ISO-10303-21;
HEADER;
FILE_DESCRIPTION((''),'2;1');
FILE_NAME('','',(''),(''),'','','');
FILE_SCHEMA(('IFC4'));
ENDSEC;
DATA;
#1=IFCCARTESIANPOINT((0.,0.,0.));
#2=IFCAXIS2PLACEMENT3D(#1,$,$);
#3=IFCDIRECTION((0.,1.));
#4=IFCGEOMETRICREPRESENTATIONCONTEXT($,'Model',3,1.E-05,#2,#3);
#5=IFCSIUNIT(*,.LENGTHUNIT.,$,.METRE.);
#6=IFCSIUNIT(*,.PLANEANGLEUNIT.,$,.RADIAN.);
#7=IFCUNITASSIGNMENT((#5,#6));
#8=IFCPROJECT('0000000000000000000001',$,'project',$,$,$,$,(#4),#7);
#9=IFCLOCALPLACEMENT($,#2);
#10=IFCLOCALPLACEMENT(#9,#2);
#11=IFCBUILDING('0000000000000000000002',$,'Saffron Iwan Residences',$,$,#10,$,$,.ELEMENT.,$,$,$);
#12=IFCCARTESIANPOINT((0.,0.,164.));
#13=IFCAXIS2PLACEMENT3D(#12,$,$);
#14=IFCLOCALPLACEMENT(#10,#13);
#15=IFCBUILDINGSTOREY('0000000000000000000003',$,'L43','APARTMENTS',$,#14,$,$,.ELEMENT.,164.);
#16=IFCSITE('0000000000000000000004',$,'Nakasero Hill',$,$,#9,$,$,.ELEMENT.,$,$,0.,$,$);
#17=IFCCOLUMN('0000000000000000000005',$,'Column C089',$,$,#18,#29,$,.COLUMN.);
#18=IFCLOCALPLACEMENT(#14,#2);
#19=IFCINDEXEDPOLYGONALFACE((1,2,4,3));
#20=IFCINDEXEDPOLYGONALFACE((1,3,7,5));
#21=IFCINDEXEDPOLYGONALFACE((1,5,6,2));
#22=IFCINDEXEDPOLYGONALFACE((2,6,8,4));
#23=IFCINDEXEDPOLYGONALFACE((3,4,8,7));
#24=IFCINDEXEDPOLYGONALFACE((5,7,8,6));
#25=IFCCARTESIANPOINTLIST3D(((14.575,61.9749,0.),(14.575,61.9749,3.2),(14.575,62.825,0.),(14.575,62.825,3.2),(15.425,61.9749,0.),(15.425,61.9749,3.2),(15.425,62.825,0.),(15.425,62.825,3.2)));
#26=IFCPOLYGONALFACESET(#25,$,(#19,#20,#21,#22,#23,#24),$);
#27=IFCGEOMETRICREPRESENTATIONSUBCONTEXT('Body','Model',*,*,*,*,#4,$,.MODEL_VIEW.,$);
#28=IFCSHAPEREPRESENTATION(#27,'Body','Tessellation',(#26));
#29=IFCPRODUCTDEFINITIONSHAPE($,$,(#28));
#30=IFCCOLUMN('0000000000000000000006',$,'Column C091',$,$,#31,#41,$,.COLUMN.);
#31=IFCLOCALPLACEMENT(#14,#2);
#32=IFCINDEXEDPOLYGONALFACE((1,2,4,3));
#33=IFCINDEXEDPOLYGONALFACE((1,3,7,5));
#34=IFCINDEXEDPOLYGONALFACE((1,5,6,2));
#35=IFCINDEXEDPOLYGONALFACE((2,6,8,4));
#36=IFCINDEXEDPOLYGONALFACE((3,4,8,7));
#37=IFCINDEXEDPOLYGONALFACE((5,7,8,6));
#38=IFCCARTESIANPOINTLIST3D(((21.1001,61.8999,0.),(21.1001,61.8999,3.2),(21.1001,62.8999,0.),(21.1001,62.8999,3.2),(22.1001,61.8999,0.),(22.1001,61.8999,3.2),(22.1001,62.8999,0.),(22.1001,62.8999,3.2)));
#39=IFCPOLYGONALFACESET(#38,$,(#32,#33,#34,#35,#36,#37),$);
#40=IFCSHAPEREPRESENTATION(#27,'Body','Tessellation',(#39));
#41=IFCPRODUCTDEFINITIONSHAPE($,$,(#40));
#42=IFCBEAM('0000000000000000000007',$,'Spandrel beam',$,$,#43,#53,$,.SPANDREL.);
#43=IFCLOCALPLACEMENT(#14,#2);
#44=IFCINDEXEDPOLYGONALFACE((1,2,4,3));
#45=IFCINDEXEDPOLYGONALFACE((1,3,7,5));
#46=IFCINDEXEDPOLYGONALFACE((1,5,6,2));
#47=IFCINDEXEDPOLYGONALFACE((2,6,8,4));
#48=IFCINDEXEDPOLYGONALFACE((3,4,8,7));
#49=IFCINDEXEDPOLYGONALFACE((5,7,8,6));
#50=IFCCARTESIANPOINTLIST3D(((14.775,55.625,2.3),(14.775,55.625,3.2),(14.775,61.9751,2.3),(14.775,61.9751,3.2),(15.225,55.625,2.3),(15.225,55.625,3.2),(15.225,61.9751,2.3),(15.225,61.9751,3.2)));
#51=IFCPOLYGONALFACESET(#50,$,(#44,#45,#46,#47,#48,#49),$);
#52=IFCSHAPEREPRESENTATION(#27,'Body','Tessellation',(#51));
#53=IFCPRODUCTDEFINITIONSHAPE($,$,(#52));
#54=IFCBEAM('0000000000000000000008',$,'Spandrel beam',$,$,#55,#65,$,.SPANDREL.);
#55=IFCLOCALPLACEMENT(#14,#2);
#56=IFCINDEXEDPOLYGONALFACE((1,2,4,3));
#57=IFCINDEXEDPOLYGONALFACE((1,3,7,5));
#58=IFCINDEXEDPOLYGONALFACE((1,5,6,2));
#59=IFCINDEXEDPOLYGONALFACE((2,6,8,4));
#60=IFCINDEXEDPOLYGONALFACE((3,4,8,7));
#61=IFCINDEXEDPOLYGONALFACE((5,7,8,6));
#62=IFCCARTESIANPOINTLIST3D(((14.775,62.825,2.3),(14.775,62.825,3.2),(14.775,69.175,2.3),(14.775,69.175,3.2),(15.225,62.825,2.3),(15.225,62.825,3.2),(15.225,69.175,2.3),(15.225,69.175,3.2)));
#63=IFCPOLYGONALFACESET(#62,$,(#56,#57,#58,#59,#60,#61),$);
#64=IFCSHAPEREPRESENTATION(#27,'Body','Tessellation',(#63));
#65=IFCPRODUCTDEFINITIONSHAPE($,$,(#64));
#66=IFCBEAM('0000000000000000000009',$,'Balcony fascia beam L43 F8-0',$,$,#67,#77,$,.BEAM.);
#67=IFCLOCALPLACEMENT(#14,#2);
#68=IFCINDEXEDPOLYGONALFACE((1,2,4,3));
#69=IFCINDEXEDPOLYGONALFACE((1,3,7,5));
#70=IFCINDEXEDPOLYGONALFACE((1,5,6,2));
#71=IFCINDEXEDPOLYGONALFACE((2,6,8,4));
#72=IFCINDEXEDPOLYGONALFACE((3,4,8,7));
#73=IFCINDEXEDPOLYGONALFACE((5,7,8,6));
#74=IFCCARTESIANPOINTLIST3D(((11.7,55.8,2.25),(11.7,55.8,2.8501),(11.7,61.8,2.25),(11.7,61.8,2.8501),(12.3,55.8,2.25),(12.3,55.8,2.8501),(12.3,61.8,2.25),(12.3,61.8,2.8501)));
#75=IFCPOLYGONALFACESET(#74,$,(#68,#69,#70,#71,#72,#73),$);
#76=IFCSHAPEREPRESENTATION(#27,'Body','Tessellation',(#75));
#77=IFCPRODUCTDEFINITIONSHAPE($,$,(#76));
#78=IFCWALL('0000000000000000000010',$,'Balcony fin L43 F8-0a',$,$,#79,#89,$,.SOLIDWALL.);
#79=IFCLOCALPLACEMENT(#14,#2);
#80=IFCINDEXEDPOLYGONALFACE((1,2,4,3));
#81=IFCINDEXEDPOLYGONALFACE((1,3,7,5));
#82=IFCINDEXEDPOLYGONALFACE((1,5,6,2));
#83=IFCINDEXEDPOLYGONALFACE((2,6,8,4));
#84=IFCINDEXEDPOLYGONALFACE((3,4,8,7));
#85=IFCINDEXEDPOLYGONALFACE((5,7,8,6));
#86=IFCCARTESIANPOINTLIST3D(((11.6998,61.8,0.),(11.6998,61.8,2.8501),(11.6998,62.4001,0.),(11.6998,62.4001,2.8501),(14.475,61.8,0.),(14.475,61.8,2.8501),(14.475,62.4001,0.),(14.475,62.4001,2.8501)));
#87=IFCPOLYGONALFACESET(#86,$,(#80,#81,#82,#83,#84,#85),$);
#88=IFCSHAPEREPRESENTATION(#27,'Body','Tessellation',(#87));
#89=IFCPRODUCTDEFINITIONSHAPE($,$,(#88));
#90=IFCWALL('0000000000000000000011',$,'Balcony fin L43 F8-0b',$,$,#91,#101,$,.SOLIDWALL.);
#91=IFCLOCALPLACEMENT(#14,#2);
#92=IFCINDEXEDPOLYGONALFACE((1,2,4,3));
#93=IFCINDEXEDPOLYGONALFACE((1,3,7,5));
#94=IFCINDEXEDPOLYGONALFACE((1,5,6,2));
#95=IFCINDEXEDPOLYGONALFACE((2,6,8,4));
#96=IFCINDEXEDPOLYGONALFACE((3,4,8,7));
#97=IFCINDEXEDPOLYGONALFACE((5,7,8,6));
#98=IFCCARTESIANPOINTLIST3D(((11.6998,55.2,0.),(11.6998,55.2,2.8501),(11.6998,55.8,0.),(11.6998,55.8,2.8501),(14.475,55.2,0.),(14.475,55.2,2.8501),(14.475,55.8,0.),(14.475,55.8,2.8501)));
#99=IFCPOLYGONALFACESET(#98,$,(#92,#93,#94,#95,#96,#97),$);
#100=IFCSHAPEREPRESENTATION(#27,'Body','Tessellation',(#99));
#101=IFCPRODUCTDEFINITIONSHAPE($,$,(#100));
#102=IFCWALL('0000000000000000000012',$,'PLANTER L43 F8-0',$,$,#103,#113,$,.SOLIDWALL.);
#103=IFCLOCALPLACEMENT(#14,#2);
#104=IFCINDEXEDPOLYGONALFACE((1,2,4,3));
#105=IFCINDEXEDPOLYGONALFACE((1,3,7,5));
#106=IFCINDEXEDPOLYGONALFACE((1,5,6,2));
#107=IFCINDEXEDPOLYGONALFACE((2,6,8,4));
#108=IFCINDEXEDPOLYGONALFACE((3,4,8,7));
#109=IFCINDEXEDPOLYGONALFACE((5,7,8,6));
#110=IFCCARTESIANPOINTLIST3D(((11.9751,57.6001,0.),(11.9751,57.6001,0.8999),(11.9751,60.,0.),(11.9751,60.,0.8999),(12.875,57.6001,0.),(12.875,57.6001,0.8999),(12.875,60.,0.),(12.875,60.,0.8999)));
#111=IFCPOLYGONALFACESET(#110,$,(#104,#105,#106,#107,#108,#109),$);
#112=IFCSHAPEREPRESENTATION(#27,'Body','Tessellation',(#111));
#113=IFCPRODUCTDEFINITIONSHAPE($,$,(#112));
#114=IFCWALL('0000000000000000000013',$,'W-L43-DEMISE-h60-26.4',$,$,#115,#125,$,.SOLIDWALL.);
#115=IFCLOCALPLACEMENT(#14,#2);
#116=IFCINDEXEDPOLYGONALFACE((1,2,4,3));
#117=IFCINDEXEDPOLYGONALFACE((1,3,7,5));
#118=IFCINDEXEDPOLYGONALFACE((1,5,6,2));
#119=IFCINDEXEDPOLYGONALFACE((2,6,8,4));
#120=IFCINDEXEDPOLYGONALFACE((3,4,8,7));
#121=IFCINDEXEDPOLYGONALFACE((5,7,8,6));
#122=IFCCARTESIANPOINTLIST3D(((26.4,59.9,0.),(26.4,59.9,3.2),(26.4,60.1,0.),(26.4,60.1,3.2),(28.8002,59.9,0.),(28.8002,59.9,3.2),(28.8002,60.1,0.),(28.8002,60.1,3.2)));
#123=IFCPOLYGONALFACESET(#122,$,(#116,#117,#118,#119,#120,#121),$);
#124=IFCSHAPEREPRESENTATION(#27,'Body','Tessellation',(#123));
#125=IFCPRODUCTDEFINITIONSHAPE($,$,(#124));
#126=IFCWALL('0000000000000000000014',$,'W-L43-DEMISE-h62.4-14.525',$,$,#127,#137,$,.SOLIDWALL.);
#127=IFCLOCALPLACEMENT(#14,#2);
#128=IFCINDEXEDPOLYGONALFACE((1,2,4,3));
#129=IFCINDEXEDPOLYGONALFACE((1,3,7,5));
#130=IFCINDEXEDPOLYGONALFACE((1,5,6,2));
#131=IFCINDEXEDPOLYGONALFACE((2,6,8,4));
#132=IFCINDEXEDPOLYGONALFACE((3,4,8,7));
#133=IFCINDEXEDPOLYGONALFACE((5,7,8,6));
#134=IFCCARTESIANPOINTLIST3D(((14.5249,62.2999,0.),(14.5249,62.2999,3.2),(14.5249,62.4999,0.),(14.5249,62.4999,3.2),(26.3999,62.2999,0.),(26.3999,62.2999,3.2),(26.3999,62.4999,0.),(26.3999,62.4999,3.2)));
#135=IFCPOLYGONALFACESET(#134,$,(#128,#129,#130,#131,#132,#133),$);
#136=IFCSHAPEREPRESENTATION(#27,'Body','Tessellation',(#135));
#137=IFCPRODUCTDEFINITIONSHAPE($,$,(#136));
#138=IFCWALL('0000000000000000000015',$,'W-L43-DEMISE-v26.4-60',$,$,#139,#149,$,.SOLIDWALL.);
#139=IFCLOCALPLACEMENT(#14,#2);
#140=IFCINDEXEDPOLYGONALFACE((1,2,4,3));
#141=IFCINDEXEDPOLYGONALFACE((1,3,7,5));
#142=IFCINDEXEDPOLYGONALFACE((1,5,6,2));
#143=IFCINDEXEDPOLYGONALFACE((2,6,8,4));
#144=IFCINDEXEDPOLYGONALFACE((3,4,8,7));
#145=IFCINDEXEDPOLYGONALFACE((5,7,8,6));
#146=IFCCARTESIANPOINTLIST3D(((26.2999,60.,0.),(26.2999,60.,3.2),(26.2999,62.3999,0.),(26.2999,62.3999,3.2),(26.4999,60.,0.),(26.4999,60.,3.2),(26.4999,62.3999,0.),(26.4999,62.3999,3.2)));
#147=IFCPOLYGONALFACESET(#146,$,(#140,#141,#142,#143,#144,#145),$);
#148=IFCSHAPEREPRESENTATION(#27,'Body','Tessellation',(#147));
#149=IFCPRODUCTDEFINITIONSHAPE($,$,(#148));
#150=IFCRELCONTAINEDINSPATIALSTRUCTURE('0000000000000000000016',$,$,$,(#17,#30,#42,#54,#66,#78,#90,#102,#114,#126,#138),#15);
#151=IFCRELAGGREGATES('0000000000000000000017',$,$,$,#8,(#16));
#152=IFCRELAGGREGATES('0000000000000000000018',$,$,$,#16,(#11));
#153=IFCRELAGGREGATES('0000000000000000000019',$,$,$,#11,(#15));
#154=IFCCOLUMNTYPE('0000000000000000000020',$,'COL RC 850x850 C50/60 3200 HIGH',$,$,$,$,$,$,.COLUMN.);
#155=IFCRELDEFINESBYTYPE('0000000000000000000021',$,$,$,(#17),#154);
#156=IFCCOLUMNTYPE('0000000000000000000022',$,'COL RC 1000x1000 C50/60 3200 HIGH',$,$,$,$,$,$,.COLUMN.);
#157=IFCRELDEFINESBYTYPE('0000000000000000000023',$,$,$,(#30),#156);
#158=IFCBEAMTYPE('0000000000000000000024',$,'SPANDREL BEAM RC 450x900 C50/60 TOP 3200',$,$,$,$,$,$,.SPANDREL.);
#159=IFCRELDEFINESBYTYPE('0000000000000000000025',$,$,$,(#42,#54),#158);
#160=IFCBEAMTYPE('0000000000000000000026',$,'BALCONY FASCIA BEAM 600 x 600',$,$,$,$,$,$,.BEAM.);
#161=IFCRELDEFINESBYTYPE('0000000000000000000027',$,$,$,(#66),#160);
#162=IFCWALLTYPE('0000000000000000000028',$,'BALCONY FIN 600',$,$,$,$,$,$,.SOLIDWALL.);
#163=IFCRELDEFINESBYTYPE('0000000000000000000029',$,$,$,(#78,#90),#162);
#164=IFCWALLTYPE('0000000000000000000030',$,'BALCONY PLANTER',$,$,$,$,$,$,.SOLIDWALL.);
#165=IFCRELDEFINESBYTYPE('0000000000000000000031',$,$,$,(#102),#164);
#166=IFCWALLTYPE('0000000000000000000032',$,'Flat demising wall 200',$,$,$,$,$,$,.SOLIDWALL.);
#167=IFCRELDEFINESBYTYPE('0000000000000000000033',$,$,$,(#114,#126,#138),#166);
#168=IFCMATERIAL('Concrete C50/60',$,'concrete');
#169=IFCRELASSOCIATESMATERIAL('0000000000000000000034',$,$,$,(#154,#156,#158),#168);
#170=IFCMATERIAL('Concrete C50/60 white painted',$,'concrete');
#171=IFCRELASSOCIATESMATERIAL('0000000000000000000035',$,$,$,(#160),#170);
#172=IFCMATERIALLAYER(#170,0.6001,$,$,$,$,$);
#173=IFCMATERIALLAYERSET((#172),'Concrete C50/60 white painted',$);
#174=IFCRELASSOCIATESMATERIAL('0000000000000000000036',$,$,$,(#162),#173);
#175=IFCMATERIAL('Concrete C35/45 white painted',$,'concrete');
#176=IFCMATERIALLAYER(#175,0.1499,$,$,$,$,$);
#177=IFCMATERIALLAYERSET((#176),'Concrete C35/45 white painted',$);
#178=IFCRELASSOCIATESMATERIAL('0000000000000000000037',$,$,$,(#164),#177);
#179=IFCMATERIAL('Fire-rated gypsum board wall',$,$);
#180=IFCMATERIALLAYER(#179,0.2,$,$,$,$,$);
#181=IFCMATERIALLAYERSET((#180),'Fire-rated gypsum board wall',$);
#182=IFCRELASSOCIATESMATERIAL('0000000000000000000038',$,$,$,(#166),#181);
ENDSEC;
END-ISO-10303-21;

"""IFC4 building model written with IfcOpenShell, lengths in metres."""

from ifc_helpers import new_model, si_unit, direction, frame, frame_2d, origin, origin_2d, place, context, subcontext, project, spatial, rectangle, extrude, source, transform, mapped, material, layer, layer_set, material_profile, profile_set, type_object, element, save


model = new_model("IFC4")

# Units and contexts
model_context = context("Model", 3, precision=1e-05, world=origin(), true_north=direction((0.0, 1.0)))
body_context = subcontext(model_context, "Body", "Model", "MODEL_VIEW")
ifc_project = project(units=[si_unit("LENGTHUNIT", "METRE"), si_unit("PLANEANGLEUNIT", "RADIAN")], contexts=[model_context])

# Site, building, storey
site_placement = place(None, origin())
site = spatial("IfcSite", under=ifc_project, at=site_placement, Name="Nakasero Hill", CompositionType="ELEMENT", RefElevation=0.0)
building_placement = place(site_placement, origin())
building = spatial("IfcBuilding", under=site, at=building_placement, Name="Saffron Iwan Residences", CompositionType="ELEMENT")
storey_placement = place(building_placement, frame((0.0, 0.0, 164.0)))
storey = spatial("IfcBuildingStorey", under=building, at=storey_placement, Name="L43", Description="APARTMENTS", CompositionType="ELEMENT", Elevation=164.0)

# Columns
ifc_material_1 = material(Name="Concrete C50/60", Category="concrete")
ifc_material_profile_1 = material_profile(ifc_material_1, rectangle(XDim=0.8501, YDim=0.8501, at=origin_2d()), Name="RC 850x850")
ifc_profile_set_1 = profile_set([ifc_material_profile_1], Name="Concrete C50/60")
column_type_1 = type_object("IfcColumnType", Name="COL RC 850x850 C50/60 3200 HIGH", PredefinedType="COLUMN", material=ifc_profile_set_1)
shared_shape_1 = source(origin(), body_context, "Body", "SweptSolid", [
    extrude(rectangle(XDim=0.8501, YDim=0.8501, at=origin_2d()), origin(), (0.0, 0.0, 1.0), 3.2),
])
column_1_placement = place(storey_placement, frame((15.0, 62.3999, 0.0), z_axis=(0.0, 0.0, 1.0), x_axis=(1.0, 0.0, 0.0)))
element("IfcColumn", 1, at=column_1_placement, inside=storey, type_object=column_type_1, Name="Column C089", PredefinedType="COLUMN", context=body_context, shape_type="MappedRepresentation", body=[
    mapped(shared_shape_1, transform((0.0, 0.0, 0.0))),
])
ifc_material_profile_2 = material_profile(ifc_material_1, rectangle(XDim=1.0, YDim=1.0, at=origin_2d()), Name="RC 1000x1000")
ifc_profile_set_2 = profile_set([ifc_material_profile_2], Name="Concrete C50/60")
column_type_2 = type_object("IfcColumnType", Name="COL RC 1000x1000 C50/60 3200 HIGH", PredefinedType="COLUMN", material=ifc_profile_set_2)
shared_shape_2 = source(origin(), body_context, "Body", "SweptSolid", [
    extrude(rectangle(XDim=1.0, YDim=1.0, at=origin_2d()), origin(), (0.0, 0.0, 1.0), 3.2),
])
column_2_placement = place(storey_placement, frame((21.6001, 62.3999, 0.0), z_axis=(0.0, 0.0, 1.0), x_axis=(1.0, 0.0, 0.0)))
element("IfcColumn", 2, at=column_2_placement, inside=storey, type_object=column_type_2, Name="Column C091", PredefinedType="COLUMN", context=body_context, shape_type="MappedRepresentation", body=[
    mapped(shared_shape_2, transform((0.0, 0.0, 0.0))),
])

# Beams
ifc_material_profile_3 = material_profile(ifc_material_1, rectangle(XDim=0.45, YDim=0.8999, at=origin_2d()), Name="RC 450x900")
ifc_profile_set_3 = profile_set([ifc_material_profile_3], Name="Concrete C50/60")
beam_type_1 = type_object("IfcBeamType", Name="SPANDREL BEAM RC 450x900 C50/60 TOP 3200", PredefinedType="SPANDREL", material=ifc_profile_set_3)
shared_shape_3 = source(origin(), body_context, "Body", "SweptSolid", [
    extrude(rectangle(XDim=0.45, YDim=0.8999, at=origin_2d()), origin(), (0.0, 0.0, 1.0), 6.3501),
])
for number, where, z_axis, x_axis, name in (
    (3, (15.0, 55.625, 2.75), (0.0, 1.0, 0.0), (-1.0, 0.0, 0.0), "Spandrel beam"),
    (4, (15.0, 62.825, 2.75), (0.0, 1.0, 0.0), (-1.0, 0.0, 0.0), "Spandrel beam"),
):
    element("IfcBeam", number, at=place(storey_placement, frame(where, z_axis=z_axis, x_axis=x_axis)), inside=storey, type_object=beam_type_1, Name=name, PredefinedType="SPANDREL", context=body_context, shape_type="MappedRepresentation", body=[
        mapped(shared_shape_3, transform((0.0, 0.0, 0.0))),
    ])
ifc_material_2 = material(Name="Concrete C50/60 white painted", Category="concrete")
ifc_material_profile_4 = material_profile(ifc_material_2, rectangle(XDim=0.6001, YDim=0.6001, at=origin_2d()), Name="BALCONY FASCIA BEAM 600 x 600")
ifc_profile_set_4 = profile_set([ifc_material_profile_4], Name="Concrete C50/60 white painted")
beam_type_2 = type_object("IfcBeamType", Name="BALCONY FASCIA BEAM 600 x 600", PredefinedType="BEAM", material=ifc_profile_set_4)
shared_shape_4 = source(origin(), body_context, "Body", "SweptSolid", [
    extrude(rectangle(XDim=0.6001, YDim=0.6001, at=origin_2d()), origin(), (0.0, 0.0, 1.0), 6.0),
])
beam_placement = place(storey_placement, frame((12.0, 61.8, 2.55), z_axis=(0.0, -1.0, 0.0), x_axis=(1.0, 0.0, 0.0)))
element("IfcBeam", 5, at=beam_placement, inside=storey, type_object=beam_type_2, Name="Balcony fascia beam L43 F8-0", PredefinedType="BEAM", context=body_context, shape_type="MappedRepresentation", body=[
    mapped(shared_shape_4, transform((0.0, 0.0, 0.0))),
])

# Walls
ifc_layer_1 = layer(ifc_material_2, 0.6001)
ifc_layer_set_1 = layer_set([ifc_layer_1], Name="Concrete C50/60 white painted")
wall_type_1 = type_object("IfcWallType", Name="BALCONY FIN 600", PredefinedType="SOLIDWALL", material=ifc_layer_set_1)
for number, where, z_axis, x_axis, name in (
    (6, (14.4751, 62.1001, 0.0), (0.0, 0.0, 1.0), (-1.0, 0.0, 0.0), "Balcony fin L43 F8-0a"),
    (7, (14.4751, 55.5, 0.0), (0.0, 0.0, 1.0), (-1.0, 0.0, 0.0), "Balcony fin L43 F8-0b"),
):
    element("IfcWall", number, at=place(storey_placement, frame(where, z_axis=z_axis, x_axis=x_axis)), inside=storey, type_object=wall_type_1, Name=name, PredefinedType="SOLIDWALL", context=body_context, shape_type="SweptSolid", body=[
        extrude(rectangle(XDim=2.7751, YDim=0.6001, at=frame_2d((1.3877, 0.0))), origin(), (0.0, 0.0, 1.0), 2.8501),
    ])
ifc_material_3 = material(Name="Concrete C35/45 white painted", Category="concrete")
ifc_layer_2 = layer(ifc_material_3, 0.1499)
ifc_layer_set_2 = layer_set([ifc_layer_2], Name="Concrete C35/45 white painted")
wall_type_2 = type_object("IfcWallType", Name="BALCONY PLANTER", PredefinedType="SOLIDWALL", material=ifc_layer_set_2)
wall_1_placement = place(storey_placement, frame((12.425, 60.0, 0.0), z_axis=(0.0, 0.0, 1.0), x_axis=(0.0, -1.0, 0.0)))
element("IfcWall", 8, at=wall_1_placement, inside=storey, type_object=wall_type_2, Name="PLANTER L43 F8-0", PredefinedType="SOLIDWALL", context=body_context, shape_type="SweptSolid", body=[
    extrude(rectangle(XDim=2.3999, YDim=0.8999, at=frame_2d((1.2, 0.0))), origin(), (0.0, 0.0, 1.0), 0.8999),
])

# Walls
ifc_material_4 = material(Name="Fire-rated gypsum board wall")
ifc_layer_3 = layer(ifc_material_4, 0.2)
ifc_layer_set_3 = layer_set([ifc_layer_3], Name="Fire-rated gypsum board wall")
wall_type_3 = type_object("IfcWallType", Name="Flat demising wall 200", PredefinedType="SOLIDWALL", material=ifc_layer_set_3)
wall_2_placement = place(storey_placement, frame((26.3999, 60.0, 0.0), z_axis=(0.0, 0.0, 1.0), x_axis=(1.0, 0.0, 0.0)))
element("IfcWall", 9, at=wall_2_placement, inside=storey, type_object=wall_type_3, Name="W-L43-DEMISE-h60-26.4", PredefinedType="SOLIDWALL", context=body_context, shape_type="SweptSolid", body=[
    extrude(rectangle(XDim=2.4001, YDim=0.2, at=frame_2d((1.2002, 0.0))), origin(), (0.0, 0.0, 1.0), 3.2),
])
wall_3_placement = place(storey_placement, frame((14.5249, 62.3999, 0.0), z_axis=(0.0, 0.0, 1.0), x_axis=(1.0, 0.0, 0.0)))
element("IfcWall", 10, at=wall_3_placement, inside=storey, type_object=wall_type_3, Name="W-L43-DEMISE-h62.4-14.525", PredefinedType="SOLIDWALL", context=body_context, shape_type="SweptSolid", body=[
    extrude(rectangle(XDim=11.875, YDim=0.2, at=frame_2d((5.9375, 0.0))), origin(), (0.0, 0.0, 1.0), 3.2),
])
wall_4_placement = place(storey_placement, frame((26.3999, 60.0, 0.0), z_axis=(0.0, 0.0, 1.0), x_axis=(0.0, 1.0, 0.0)))
element("IfcWall", 11, at=wall_4_placement, inside=storey, type_object=wall_type_3, Name="W-L43-DEMISE-v26.4-60", PredefinedType="SOLIDWALL", context=body_context, shape_type="SweptSolid", body=[
    extrude(rectangle(XDim=2.3999, YDim=0.2, at=frame_2d((1.2, 0.0))), origin(), (0.0, 0.0, 1.0), 3.2),
])

save(model, "model.ifc")
